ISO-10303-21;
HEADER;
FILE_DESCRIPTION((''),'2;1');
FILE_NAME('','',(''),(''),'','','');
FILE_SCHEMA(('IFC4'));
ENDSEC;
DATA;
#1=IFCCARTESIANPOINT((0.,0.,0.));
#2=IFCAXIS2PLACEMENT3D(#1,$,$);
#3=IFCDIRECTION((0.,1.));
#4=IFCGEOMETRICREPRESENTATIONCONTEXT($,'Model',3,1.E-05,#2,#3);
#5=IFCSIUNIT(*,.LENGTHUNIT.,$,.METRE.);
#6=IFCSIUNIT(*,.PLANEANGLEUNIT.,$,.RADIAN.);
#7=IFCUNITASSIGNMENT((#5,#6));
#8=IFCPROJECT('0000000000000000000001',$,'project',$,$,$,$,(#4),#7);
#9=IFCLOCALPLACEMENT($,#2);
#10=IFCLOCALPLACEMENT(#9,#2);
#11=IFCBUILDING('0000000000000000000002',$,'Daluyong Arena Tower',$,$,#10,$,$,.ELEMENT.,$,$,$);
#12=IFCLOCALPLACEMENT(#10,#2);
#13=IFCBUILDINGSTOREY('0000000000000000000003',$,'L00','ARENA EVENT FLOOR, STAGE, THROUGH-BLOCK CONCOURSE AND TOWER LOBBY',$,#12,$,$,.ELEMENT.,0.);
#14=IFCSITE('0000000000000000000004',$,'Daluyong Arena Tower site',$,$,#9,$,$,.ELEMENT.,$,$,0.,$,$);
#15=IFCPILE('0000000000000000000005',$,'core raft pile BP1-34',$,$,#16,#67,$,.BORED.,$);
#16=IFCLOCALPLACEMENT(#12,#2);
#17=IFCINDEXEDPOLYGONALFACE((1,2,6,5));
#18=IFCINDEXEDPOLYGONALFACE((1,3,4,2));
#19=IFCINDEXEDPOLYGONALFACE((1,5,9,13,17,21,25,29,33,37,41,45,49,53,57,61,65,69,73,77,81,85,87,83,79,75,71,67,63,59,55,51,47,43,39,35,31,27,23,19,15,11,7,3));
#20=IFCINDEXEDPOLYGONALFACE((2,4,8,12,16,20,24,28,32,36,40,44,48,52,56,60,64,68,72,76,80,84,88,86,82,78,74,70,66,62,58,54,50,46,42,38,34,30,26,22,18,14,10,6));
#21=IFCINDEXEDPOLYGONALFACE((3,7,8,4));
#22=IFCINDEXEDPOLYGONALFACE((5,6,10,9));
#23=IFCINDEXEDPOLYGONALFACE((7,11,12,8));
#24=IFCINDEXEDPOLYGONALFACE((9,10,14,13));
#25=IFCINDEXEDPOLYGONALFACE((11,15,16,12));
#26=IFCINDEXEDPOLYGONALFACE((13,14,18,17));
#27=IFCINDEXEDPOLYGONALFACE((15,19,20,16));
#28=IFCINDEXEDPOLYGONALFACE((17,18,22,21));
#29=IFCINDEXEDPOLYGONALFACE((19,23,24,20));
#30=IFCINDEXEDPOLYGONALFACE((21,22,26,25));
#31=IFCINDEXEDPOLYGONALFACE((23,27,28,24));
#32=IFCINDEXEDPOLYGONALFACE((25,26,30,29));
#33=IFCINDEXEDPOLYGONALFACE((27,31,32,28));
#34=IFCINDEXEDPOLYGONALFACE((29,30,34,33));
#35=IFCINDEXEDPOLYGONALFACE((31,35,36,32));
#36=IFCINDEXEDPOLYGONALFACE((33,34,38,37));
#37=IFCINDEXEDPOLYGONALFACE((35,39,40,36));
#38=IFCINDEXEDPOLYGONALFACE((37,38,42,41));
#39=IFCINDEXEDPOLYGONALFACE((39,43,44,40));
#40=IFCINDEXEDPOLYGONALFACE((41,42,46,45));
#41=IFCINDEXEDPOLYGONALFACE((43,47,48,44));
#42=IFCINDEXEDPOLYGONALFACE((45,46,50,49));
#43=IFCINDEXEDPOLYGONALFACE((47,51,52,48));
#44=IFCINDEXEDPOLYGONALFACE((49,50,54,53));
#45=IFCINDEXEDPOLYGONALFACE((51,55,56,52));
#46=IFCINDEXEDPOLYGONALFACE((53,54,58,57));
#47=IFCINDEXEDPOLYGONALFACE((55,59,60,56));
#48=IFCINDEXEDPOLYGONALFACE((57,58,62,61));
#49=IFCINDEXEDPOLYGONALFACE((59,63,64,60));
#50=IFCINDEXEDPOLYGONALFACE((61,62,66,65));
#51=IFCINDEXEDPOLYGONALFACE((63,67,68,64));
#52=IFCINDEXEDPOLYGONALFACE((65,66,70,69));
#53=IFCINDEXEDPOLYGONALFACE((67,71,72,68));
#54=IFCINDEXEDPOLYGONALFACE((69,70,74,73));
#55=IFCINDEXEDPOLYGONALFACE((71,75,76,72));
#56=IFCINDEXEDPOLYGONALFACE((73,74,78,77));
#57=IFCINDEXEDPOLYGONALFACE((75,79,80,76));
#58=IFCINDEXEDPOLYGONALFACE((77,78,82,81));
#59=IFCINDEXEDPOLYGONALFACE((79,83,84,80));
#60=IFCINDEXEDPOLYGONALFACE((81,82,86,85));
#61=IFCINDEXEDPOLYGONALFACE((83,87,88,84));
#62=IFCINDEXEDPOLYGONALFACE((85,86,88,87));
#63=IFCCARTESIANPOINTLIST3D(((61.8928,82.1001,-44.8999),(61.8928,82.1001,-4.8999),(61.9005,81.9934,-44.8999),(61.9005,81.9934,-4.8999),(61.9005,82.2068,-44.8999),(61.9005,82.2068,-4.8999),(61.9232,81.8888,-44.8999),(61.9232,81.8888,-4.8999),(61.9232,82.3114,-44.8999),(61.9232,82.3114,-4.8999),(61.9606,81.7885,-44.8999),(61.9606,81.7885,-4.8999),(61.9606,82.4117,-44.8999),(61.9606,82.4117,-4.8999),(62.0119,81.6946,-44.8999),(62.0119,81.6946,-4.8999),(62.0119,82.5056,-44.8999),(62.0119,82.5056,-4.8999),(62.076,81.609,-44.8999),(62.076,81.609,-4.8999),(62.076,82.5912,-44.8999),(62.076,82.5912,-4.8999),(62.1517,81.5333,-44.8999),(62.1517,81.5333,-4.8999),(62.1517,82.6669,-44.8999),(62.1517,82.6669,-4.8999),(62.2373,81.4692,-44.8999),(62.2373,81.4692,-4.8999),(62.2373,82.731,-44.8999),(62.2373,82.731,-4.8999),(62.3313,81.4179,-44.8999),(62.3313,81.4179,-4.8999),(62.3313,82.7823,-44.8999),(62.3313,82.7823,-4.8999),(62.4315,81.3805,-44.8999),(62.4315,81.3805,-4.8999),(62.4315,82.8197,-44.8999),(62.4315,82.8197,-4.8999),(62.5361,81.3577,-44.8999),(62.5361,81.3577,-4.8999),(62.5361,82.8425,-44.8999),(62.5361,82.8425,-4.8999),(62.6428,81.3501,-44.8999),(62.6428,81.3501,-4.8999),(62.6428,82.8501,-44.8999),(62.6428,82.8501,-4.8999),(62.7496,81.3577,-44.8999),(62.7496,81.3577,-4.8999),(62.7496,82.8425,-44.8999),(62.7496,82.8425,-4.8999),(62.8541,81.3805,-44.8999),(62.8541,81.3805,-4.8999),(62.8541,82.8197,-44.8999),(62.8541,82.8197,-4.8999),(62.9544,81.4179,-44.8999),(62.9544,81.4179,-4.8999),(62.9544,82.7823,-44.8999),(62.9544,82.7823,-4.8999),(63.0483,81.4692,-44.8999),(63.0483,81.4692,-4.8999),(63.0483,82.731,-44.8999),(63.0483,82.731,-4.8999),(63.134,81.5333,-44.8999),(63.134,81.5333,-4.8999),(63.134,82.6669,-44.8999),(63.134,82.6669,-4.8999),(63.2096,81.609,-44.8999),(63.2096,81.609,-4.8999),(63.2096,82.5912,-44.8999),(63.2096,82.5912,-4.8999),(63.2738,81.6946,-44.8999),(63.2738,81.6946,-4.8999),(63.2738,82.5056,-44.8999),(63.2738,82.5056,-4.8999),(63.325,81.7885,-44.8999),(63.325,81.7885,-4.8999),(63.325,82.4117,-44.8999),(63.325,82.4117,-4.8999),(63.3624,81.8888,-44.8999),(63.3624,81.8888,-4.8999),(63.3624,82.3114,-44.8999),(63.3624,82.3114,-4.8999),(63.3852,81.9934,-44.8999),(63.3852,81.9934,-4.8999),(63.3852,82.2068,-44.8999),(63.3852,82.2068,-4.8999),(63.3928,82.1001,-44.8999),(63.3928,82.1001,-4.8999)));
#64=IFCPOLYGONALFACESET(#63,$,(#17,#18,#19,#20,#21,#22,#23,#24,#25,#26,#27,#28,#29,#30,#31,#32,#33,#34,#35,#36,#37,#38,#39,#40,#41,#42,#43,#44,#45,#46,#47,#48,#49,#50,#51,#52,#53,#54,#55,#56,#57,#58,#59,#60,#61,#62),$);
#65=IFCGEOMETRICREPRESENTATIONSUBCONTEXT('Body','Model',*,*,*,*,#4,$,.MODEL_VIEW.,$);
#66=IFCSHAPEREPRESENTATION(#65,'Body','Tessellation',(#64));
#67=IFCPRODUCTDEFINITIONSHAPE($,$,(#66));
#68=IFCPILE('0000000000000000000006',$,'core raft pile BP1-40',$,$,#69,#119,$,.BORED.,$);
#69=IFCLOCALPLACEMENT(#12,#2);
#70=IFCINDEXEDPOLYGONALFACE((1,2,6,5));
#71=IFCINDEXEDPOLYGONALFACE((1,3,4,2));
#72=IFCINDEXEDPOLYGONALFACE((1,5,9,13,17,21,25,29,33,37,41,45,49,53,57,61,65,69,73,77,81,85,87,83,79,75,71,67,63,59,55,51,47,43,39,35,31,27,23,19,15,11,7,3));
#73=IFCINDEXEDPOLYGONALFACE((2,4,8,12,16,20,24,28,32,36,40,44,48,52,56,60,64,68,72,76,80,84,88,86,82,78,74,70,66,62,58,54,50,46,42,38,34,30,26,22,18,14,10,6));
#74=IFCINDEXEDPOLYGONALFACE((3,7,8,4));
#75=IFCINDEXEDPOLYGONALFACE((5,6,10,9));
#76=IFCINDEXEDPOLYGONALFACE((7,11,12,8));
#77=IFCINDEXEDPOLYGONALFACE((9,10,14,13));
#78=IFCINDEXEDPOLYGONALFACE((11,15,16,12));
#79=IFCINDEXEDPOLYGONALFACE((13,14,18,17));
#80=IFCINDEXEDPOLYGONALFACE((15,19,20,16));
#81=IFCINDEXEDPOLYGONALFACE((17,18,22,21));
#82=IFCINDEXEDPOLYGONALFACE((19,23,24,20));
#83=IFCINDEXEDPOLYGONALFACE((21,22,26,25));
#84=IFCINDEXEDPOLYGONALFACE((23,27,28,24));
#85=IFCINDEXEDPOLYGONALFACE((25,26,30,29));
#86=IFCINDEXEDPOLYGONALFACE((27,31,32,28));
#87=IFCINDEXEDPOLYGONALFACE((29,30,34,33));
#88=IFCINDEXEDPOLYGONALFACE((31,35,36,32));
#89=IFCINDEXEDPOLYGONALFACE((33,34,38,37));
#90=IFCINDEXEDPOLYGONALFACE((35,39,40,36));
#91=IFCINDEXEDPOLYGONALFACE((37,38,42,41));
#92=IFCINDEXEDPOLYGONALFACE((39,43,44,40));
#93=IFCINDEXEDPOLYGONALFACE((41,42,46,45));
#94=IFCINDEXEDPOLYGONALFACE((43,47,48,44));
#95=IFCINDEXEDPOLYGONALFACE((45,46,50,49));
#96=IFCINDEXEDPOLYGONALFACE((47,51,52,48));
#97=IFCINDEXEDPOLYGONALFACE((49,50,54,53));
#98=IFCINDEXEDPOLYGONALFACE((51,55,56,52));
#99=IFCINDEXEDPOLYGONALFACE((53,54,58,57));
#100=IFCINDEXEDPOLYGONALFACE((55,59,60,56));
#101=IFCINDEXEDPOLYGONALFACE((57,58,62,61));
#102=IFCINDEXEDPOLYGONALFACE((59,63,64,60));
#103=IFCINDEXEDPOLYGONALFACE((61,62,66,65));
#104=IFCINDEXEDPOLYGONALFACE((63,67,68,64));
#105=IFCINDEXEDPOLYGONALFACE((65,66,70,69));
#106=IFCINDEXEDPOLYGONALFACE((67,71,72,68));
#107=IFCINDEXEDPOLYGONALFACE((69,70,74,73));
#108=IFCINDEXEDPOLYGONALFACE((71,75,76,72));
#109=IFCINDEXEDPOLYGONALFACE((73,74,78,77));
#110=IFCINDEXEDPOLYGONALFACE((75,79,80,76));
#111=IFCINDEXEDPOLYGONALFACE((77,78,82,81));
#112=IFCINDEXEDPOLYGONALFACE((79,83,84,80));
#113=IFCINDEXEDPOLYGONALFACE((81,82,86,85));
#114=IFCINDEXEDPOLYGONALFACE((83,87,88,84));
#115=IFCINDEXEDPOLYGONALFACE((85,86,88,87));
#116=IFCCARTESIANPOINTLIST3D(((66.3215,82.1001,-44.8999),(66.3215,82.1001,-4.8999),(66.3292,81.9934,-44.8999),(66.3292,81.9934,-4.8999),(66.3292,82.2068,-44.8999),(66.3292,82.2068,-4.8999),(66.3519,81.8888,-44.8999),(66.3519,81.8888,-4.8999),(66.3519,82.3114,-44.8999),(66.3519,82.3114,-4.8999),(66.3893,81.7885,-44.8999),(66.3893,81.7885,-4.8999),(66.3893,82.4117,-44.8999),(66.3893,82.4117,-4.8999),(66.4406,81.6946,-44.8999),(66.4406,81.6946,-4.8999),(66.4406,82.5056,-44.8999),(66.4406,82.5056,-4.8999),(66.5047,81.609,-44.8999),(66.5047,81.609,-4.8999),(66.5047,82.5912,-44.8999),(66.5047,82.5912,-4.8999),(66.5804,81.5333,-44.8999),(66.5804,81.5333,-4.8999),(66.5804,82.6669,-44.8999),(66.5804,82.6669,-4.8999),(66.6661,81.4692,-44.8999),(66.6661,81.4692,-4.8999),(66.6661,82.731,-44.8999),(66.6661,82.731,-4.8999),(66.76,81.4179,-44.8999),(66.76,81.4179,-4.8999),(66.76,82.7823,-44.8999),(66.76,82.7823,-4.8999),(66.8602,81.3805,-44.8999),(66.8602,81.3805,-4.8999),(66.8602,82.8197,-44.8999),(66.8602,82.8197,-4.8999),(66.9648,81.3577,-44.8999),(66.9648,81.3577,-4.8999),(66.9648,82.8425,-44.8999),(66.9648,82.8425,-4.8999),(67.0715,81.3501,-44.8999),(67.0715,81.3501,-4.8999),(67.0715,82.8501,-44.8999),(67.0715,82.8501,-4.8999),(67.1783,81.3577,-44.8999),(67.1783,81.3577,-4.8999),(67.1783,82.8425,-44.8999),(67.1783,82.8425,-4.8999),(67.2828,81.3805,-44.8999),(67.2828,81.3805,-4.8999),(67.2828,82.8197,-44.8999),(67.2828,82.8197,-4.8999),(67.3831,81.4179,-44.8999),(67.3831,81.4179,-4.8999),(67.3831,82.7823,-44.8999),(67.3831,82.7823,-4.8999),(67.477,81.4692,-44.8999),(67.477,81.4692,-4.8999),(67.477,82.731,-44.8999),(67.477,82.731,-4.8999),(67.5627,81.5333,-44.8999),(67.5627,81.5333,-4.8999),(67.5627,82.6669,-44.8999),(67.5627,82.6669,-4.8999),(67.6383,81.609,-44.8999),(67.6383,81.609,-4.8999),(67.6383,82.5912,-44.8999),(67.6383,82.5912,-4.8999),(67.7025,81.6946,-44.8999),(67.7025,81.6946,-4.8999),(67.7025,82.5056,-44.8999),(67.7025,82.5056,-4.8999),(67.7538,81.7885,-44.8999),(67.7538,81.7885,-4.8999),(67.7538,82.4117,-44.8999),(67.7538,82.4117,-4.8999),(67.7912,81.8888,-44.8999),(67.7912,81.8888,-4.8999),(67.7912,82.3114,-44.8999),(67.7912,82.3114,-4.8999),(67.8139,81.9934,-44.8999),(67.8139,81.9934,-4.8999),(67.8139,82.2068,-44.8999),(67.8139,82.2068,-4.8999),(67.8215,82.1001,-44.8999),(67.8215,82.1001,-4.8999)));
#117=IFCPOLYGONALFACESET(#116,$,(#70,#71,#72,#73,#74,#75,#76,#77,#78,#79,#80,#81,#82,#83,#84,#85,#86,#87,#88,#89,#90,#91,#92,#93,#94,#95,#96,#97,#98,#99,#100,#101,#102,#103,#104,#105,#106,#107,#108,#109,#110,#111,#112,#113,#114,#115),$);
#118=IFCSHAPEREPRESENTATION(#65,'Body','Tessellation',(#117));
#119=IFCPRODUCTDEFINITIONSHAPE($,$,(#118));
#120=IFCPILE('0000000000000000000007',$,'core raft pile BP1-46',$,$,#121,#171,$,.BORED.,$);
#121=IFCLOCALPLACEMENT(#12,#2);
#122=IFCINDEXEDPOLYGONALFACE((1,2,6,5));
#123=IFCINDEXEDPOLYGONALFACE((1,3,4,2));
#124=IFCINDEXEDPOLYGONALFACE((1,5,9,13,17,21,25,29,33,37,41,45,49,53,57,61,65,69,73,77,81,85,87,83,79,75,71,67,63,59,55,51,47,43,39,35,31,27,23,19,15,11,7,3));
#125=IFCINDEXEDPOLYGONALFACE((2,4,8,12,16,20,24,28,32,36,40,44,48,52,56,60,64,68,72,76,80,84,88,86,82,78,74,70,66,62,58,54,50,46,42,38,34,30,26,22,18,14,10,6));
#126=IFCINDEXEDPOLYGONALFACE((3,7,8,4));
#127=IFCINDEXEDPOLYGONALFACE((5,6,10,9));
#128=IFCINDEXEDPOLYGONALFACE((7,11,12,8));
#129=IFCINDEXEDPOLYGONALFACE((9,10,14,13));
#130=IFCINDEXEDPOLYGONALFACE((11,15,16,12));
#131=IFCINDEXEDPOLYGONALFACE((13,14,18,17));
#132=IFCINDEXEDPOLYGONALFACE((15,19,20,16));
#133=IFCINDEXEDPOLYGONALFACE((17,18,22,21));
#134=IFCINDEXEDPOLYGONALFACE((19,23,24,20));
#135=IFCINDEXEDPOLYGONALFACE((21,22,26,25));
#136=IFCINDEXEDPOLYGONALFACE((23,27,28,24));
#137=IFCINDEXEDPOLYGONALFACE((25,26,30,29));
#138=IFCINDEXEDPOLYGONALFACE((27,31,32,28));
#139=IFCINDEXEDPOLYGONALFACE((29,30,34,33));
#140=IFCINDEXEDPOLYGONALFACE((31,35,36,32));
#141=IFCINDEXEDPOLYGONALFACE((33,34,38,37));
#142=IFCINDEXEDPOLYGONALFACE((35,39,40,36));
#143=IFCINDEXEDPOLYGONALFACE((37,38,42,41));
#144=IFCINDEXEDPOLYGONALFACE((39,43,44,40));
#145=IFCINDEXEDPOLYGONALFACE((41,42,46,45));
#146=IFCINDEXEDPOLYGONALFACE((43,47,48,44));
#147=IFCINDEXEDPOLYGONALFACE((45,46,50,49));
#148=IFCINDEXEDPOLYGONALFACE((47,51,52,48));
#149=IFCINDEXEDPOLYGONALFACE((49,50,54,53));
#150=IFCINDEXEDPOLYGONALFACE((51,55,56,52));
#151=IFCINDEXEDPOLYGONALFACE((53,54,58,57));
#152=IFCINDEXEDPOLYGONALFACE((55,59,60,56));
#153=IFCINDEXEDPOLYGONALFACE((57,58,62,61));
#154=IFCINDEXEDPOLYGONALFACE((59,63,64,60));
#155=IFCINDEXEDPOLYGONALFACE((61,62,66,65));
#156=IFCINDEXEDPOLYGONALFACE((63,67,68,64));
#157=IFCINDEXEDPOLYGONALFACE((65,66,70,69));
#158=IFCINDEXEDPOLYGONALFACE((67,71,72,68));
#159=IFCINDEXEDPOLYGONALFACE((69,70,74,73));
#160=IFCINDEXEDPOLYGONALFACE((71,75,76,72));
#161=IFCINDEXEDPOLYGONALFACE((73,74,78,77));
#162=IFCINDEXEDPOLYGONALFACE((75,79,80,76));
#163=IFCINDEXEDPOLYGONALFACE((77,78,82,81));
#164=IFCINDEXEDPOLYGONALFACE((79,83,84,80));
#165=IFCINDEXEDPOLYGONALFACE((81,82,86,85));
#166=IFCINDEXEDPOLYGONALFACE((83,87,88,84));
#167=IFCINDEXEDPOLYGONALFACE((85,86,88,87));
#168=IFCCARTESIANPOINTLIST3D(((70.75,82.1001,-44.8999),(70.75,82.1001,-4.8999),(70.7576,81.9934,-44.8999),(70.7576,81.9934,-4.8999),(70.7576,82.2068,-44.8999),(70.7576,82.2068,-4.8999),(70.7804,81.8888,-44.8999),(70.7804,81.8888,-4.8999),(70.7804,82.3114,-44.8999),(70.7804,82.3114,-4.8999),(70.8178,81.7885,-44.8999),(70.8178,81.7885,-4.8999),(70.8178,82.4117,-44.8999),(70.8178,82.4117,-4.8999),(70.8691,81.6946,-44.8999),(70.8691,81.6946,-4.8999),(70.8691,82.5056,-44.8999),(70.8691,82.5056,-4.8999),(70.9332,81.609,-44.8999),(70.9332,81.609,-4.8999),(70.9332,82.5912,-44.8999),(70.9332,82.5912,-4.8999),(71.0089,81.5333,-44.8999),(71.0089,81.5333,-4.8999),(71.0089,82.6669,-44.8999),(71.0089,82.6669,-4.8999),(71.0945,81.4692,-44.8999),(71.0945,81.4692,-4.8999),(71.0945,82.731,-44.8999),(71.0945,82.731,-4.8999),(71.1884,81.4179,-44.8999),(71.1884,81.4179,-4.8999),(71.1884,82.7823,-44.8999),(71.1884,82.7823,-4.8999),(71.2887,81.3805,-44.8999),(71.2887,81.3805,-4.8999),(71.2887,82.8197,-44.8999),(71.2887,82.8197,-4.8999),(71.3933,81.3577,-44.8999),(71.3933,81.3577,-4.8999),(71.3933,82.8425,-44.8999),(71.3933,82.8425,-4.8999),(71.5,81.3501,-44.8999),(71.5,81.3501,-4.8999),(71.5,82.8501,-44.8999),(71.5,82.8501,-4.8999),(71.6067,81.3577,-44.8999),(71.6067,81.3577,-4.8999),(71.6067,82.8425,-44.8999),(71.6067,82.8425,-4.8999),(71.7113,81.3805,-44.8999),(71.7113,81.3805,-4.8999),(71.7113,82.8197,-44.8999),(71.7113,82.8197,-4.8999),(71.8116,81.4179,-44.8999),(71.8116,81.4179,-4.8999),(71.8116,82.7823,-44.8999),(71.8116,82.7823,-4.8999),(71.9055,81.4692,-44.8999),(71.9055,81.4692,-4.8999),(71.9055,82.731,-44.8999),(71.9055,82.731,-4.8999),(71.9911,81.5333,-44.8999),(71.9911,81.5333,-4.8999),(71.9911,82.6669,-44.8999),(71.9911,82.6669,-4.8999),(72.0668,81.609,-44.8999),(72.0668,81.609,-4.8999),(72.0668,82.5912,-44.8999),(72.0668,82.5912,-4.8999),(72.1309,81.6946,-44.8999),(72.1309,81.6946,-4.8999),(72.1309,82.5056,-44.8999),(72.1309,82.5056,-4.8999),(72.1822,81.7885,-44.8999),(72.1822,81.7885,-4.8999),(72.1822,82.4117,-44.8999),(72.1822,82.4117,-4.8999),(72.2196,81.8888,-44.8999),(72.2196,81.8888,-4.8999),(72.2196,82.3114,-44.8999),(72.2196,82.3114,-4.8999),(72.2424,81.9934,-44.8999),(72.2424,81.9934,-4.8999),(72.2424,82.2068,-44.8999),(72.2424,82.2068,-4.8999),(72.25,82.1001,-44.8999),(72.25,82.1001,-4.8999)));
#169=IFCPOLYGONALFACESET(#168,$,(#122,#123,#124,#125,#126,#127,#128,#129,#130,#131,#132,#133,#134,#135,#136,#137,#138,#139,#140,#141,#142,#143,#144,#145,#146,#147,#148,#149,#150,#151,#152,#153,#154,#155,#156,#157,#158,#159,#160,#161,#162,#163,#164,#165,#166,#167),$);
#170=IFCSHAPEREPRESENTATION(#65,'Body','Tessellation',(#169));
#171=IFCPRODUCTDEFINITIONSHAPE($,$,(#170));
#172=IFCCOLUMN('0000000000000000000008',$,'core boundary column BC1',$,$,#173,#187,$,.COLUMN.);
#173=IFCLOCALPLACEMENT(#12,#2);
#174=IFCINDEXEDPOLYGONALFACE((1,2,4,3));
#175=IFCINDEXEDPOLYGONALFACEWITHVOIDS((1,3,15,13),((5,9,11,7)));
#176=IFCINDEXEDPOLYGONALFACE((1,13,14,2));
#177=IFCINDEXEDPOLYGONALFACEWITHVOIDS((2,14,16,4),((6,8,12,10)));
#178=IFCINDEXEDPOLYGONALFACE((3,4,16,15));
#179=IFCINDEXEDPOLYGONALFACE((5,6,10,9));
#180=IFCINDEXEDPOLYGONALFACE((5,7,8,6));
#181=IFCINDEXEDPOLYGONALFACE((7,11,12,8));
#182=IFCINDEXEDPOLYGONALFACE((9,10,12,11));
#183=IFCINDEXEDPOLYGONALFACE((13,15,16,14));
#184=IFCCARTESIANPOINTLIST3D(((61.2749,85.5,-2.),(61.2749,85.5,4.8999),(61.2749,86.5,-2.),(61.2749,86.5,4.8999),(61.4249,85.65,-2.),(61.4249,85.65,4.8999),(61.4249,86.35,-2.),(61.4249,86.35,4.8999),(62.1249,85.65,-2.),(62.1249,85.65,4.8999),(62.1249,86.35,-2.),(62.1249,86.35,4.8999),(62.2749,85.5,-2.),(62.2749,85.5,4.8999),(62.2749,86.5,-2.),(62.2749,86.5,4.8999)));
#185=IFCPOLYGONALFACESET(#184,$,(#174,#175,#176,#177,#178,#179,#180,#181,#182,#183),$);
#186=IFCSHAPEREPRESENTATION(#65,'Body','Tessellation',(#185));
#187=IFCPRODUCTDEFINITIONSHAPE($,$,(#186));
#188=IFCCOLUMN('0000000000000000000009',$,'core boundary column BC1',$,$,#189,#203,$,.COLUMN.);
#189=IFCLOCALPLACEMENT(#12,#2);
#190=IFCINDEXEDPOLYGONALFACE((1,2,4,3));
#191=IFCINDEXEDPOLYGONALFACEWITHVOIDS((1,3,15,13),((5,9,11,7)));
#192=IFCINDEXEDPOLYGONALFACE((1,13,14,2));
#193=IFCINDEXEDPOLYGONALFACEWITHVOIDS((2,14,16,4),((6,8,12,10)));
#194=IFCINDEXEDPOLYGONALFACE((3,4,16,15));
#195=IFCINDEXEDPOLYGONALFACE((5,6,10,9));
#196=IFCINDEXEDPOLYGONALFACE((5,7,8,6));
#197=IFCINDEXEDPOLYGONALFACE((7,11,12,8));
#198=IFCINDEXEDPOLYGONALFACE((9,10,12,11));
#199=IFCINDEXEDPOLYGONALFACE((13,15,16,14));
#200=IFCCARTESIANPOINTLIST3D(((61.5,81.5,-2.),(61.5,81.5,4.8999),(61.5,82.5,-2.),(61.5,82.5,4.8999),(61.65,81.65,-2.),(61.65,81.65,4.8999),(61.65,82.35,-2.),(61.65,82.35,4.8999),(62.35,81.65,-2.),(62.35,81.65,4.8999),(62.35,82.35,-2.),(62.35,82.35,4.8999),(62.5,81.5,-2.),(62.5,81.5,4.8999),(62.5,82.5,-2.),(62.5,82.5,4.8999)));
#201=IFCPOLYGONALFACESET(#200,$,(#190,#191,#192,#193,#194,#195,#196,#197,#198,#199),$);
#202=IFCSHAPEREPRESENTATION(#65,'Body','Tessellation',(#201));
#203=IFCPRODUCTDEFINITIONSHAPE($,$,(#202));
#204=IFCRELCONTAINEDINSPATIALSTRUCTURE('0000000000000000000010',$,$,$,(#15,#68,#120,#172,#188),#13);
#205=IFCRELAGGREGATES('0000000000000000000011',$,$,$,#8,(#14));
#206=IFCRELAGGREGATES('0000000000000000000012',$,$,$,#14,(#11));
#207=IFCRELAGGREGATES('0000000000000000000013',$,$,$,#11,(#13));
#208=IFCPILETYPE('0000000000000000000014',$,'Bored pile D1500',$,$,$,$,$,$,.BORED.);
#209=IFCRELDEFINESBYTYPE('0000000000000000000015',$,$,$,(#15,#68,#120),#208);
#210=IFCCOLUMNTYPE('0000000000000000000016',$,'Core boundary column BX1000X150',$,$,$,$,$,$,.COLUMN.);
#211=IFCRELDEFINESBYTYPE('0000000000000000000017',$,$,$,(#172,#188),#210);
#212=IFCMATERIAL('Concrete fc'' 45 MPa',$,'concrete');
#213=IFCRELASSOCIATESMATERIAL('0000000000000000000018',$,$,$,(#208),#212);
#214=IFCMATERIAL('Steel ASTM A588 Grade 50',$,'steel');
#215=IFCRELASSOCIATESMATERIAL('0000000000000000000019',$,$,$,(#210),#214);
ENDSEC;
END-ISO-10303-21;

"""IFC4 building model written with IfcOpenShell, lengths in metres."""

from ifc_helpers import new_model, si_unit, direction, frame, origin, origin_2d, place, context, subcontext, project, spatial, hollow_rectangle, circle, extrude, material, material_profile, profile_set, type_object, element, save


model = new_model("IFC4")

# Units and contexts
model_context = context("Model", 3, precision=1e-05, world=origin(), true_north=direction((0.0, 1.0)))
body_context = subcontext(model_context, "Body", "Model", "MODEL_VIEW")
ifc_project = project(units=[si_unit("LENGTHUNIT", "METRE"), si_unit("PLANEANGLEUNIT", "RADIAN")], contexts=[model_context])

# Site, building, storey
site_placement = place(None, origin())
site = spatial("IfcSite", under=ifc_project, at=site_placement, Name="Daluyong Arena Tower site", CompositionType="ELEMENT", RefElevation=0.0)
building_placement = place(site_placement, origin())
building = spatial("IfcBuilding", under=site, at=building_placement, Name="Daluyong Arena Tower", CompositionType="ELEMENT")
storey_placement = place(building_placement, origin())
storey = spatial("IfcBuildingStorey", under=building, at=storey_placement, Name="L00", Description="ARENA EVENT FLOOR, STAGE, THROUGH-BLOCK CONCOURSE AND TOWER LOBBY", CompositionType="ELEMENT", Elevation=0.0)

# Piles
ifc_material_1 = material(Name="Concrete fc' 45 MPa", Category="concrete")
pile_type = type_object("IfcPileType", Name="Bored pile D1500", PredefinedType="BORED", material=ifc_material_1)
for number, where, z_axis, x_axis, name in (
    (1, (62.6428, 82.1001, -4.8999), (0.0, 0.0, -1.0), (1.0, 0.0, 0.0), "core raft pile BP1-34"),
    (2, (67.0715, 82.1001, -4.8999), (0.0, 0.0, -1.0), (1.0, 0.0, 0.0), "core raft pile BP1-40"),
    (3, (71.5, 82.1001, -4.8999), (0.0, 0.0, -1.0), (1.0, 0.0, 0.0), "core raft pile BP1-46"),
):
    element("IfcPile", number, at=place(storey_placement, frame(where, z_axis=z_axis, x_axis=x_axis)), inside=storey, type_object=pile_type, Name=name, PredefinedType="BORED", context=body_context, shape_type="SweptSolid", body=[
        extrude(circle(Radius=0.75, at=origin_2d()), origin(), (0.0, 0.0, 1.0), 40.0),
    ])

# Columns
ifc_material_2 = material(Name="Steel ASTM A588 Grade 50", Category="steel")
ifc_material_profile_1 = material_profile(ifc_material_2, hollow_rectangle(XDim=1.0, YDim=1.0, WallThickness=0.15, at=origin_2d()))
ifc_profile_set_1 = profile_set([ifc_material_profile_1], Name="Steel ASTM A588 Grade 50")
column_type = type_object("IfcColumnType", Name="Core boundary column BX1000X150", PredefinedType="COLUMN", material=ifc_profile_set_1)
for number, where, z_axis, x_axis, name in (
    (4, (61.7749, 86.0, -2.0), (0.0, 0.0, 1.0), (1.0, 0.0, 0.0), "core boundary column BC1"),
    (5, (62.0, 82.0, -2.0), (0.0, 0.0, 1.0), (1.0, 0.0, 0.0), "core boundary column BC1"),
):
    element("IfcColumn", number, at=place(storey_placement, frame(where, z_axis=z_axis, x_axis=x_axis)), inside=storey, type_object=column_type, Name=name, PredefinedType="COLUMN", context=body_context, shape_type="SweptSolid", body=[
        extrude(hollow_rectangle(XDim=1.0, YDim=1.0, WallThickness=0.15, at=origin_2d()), origin(), (0.0, 0.0, 1.0), 6.8999),
    ])

save(model, "model.ifc")
